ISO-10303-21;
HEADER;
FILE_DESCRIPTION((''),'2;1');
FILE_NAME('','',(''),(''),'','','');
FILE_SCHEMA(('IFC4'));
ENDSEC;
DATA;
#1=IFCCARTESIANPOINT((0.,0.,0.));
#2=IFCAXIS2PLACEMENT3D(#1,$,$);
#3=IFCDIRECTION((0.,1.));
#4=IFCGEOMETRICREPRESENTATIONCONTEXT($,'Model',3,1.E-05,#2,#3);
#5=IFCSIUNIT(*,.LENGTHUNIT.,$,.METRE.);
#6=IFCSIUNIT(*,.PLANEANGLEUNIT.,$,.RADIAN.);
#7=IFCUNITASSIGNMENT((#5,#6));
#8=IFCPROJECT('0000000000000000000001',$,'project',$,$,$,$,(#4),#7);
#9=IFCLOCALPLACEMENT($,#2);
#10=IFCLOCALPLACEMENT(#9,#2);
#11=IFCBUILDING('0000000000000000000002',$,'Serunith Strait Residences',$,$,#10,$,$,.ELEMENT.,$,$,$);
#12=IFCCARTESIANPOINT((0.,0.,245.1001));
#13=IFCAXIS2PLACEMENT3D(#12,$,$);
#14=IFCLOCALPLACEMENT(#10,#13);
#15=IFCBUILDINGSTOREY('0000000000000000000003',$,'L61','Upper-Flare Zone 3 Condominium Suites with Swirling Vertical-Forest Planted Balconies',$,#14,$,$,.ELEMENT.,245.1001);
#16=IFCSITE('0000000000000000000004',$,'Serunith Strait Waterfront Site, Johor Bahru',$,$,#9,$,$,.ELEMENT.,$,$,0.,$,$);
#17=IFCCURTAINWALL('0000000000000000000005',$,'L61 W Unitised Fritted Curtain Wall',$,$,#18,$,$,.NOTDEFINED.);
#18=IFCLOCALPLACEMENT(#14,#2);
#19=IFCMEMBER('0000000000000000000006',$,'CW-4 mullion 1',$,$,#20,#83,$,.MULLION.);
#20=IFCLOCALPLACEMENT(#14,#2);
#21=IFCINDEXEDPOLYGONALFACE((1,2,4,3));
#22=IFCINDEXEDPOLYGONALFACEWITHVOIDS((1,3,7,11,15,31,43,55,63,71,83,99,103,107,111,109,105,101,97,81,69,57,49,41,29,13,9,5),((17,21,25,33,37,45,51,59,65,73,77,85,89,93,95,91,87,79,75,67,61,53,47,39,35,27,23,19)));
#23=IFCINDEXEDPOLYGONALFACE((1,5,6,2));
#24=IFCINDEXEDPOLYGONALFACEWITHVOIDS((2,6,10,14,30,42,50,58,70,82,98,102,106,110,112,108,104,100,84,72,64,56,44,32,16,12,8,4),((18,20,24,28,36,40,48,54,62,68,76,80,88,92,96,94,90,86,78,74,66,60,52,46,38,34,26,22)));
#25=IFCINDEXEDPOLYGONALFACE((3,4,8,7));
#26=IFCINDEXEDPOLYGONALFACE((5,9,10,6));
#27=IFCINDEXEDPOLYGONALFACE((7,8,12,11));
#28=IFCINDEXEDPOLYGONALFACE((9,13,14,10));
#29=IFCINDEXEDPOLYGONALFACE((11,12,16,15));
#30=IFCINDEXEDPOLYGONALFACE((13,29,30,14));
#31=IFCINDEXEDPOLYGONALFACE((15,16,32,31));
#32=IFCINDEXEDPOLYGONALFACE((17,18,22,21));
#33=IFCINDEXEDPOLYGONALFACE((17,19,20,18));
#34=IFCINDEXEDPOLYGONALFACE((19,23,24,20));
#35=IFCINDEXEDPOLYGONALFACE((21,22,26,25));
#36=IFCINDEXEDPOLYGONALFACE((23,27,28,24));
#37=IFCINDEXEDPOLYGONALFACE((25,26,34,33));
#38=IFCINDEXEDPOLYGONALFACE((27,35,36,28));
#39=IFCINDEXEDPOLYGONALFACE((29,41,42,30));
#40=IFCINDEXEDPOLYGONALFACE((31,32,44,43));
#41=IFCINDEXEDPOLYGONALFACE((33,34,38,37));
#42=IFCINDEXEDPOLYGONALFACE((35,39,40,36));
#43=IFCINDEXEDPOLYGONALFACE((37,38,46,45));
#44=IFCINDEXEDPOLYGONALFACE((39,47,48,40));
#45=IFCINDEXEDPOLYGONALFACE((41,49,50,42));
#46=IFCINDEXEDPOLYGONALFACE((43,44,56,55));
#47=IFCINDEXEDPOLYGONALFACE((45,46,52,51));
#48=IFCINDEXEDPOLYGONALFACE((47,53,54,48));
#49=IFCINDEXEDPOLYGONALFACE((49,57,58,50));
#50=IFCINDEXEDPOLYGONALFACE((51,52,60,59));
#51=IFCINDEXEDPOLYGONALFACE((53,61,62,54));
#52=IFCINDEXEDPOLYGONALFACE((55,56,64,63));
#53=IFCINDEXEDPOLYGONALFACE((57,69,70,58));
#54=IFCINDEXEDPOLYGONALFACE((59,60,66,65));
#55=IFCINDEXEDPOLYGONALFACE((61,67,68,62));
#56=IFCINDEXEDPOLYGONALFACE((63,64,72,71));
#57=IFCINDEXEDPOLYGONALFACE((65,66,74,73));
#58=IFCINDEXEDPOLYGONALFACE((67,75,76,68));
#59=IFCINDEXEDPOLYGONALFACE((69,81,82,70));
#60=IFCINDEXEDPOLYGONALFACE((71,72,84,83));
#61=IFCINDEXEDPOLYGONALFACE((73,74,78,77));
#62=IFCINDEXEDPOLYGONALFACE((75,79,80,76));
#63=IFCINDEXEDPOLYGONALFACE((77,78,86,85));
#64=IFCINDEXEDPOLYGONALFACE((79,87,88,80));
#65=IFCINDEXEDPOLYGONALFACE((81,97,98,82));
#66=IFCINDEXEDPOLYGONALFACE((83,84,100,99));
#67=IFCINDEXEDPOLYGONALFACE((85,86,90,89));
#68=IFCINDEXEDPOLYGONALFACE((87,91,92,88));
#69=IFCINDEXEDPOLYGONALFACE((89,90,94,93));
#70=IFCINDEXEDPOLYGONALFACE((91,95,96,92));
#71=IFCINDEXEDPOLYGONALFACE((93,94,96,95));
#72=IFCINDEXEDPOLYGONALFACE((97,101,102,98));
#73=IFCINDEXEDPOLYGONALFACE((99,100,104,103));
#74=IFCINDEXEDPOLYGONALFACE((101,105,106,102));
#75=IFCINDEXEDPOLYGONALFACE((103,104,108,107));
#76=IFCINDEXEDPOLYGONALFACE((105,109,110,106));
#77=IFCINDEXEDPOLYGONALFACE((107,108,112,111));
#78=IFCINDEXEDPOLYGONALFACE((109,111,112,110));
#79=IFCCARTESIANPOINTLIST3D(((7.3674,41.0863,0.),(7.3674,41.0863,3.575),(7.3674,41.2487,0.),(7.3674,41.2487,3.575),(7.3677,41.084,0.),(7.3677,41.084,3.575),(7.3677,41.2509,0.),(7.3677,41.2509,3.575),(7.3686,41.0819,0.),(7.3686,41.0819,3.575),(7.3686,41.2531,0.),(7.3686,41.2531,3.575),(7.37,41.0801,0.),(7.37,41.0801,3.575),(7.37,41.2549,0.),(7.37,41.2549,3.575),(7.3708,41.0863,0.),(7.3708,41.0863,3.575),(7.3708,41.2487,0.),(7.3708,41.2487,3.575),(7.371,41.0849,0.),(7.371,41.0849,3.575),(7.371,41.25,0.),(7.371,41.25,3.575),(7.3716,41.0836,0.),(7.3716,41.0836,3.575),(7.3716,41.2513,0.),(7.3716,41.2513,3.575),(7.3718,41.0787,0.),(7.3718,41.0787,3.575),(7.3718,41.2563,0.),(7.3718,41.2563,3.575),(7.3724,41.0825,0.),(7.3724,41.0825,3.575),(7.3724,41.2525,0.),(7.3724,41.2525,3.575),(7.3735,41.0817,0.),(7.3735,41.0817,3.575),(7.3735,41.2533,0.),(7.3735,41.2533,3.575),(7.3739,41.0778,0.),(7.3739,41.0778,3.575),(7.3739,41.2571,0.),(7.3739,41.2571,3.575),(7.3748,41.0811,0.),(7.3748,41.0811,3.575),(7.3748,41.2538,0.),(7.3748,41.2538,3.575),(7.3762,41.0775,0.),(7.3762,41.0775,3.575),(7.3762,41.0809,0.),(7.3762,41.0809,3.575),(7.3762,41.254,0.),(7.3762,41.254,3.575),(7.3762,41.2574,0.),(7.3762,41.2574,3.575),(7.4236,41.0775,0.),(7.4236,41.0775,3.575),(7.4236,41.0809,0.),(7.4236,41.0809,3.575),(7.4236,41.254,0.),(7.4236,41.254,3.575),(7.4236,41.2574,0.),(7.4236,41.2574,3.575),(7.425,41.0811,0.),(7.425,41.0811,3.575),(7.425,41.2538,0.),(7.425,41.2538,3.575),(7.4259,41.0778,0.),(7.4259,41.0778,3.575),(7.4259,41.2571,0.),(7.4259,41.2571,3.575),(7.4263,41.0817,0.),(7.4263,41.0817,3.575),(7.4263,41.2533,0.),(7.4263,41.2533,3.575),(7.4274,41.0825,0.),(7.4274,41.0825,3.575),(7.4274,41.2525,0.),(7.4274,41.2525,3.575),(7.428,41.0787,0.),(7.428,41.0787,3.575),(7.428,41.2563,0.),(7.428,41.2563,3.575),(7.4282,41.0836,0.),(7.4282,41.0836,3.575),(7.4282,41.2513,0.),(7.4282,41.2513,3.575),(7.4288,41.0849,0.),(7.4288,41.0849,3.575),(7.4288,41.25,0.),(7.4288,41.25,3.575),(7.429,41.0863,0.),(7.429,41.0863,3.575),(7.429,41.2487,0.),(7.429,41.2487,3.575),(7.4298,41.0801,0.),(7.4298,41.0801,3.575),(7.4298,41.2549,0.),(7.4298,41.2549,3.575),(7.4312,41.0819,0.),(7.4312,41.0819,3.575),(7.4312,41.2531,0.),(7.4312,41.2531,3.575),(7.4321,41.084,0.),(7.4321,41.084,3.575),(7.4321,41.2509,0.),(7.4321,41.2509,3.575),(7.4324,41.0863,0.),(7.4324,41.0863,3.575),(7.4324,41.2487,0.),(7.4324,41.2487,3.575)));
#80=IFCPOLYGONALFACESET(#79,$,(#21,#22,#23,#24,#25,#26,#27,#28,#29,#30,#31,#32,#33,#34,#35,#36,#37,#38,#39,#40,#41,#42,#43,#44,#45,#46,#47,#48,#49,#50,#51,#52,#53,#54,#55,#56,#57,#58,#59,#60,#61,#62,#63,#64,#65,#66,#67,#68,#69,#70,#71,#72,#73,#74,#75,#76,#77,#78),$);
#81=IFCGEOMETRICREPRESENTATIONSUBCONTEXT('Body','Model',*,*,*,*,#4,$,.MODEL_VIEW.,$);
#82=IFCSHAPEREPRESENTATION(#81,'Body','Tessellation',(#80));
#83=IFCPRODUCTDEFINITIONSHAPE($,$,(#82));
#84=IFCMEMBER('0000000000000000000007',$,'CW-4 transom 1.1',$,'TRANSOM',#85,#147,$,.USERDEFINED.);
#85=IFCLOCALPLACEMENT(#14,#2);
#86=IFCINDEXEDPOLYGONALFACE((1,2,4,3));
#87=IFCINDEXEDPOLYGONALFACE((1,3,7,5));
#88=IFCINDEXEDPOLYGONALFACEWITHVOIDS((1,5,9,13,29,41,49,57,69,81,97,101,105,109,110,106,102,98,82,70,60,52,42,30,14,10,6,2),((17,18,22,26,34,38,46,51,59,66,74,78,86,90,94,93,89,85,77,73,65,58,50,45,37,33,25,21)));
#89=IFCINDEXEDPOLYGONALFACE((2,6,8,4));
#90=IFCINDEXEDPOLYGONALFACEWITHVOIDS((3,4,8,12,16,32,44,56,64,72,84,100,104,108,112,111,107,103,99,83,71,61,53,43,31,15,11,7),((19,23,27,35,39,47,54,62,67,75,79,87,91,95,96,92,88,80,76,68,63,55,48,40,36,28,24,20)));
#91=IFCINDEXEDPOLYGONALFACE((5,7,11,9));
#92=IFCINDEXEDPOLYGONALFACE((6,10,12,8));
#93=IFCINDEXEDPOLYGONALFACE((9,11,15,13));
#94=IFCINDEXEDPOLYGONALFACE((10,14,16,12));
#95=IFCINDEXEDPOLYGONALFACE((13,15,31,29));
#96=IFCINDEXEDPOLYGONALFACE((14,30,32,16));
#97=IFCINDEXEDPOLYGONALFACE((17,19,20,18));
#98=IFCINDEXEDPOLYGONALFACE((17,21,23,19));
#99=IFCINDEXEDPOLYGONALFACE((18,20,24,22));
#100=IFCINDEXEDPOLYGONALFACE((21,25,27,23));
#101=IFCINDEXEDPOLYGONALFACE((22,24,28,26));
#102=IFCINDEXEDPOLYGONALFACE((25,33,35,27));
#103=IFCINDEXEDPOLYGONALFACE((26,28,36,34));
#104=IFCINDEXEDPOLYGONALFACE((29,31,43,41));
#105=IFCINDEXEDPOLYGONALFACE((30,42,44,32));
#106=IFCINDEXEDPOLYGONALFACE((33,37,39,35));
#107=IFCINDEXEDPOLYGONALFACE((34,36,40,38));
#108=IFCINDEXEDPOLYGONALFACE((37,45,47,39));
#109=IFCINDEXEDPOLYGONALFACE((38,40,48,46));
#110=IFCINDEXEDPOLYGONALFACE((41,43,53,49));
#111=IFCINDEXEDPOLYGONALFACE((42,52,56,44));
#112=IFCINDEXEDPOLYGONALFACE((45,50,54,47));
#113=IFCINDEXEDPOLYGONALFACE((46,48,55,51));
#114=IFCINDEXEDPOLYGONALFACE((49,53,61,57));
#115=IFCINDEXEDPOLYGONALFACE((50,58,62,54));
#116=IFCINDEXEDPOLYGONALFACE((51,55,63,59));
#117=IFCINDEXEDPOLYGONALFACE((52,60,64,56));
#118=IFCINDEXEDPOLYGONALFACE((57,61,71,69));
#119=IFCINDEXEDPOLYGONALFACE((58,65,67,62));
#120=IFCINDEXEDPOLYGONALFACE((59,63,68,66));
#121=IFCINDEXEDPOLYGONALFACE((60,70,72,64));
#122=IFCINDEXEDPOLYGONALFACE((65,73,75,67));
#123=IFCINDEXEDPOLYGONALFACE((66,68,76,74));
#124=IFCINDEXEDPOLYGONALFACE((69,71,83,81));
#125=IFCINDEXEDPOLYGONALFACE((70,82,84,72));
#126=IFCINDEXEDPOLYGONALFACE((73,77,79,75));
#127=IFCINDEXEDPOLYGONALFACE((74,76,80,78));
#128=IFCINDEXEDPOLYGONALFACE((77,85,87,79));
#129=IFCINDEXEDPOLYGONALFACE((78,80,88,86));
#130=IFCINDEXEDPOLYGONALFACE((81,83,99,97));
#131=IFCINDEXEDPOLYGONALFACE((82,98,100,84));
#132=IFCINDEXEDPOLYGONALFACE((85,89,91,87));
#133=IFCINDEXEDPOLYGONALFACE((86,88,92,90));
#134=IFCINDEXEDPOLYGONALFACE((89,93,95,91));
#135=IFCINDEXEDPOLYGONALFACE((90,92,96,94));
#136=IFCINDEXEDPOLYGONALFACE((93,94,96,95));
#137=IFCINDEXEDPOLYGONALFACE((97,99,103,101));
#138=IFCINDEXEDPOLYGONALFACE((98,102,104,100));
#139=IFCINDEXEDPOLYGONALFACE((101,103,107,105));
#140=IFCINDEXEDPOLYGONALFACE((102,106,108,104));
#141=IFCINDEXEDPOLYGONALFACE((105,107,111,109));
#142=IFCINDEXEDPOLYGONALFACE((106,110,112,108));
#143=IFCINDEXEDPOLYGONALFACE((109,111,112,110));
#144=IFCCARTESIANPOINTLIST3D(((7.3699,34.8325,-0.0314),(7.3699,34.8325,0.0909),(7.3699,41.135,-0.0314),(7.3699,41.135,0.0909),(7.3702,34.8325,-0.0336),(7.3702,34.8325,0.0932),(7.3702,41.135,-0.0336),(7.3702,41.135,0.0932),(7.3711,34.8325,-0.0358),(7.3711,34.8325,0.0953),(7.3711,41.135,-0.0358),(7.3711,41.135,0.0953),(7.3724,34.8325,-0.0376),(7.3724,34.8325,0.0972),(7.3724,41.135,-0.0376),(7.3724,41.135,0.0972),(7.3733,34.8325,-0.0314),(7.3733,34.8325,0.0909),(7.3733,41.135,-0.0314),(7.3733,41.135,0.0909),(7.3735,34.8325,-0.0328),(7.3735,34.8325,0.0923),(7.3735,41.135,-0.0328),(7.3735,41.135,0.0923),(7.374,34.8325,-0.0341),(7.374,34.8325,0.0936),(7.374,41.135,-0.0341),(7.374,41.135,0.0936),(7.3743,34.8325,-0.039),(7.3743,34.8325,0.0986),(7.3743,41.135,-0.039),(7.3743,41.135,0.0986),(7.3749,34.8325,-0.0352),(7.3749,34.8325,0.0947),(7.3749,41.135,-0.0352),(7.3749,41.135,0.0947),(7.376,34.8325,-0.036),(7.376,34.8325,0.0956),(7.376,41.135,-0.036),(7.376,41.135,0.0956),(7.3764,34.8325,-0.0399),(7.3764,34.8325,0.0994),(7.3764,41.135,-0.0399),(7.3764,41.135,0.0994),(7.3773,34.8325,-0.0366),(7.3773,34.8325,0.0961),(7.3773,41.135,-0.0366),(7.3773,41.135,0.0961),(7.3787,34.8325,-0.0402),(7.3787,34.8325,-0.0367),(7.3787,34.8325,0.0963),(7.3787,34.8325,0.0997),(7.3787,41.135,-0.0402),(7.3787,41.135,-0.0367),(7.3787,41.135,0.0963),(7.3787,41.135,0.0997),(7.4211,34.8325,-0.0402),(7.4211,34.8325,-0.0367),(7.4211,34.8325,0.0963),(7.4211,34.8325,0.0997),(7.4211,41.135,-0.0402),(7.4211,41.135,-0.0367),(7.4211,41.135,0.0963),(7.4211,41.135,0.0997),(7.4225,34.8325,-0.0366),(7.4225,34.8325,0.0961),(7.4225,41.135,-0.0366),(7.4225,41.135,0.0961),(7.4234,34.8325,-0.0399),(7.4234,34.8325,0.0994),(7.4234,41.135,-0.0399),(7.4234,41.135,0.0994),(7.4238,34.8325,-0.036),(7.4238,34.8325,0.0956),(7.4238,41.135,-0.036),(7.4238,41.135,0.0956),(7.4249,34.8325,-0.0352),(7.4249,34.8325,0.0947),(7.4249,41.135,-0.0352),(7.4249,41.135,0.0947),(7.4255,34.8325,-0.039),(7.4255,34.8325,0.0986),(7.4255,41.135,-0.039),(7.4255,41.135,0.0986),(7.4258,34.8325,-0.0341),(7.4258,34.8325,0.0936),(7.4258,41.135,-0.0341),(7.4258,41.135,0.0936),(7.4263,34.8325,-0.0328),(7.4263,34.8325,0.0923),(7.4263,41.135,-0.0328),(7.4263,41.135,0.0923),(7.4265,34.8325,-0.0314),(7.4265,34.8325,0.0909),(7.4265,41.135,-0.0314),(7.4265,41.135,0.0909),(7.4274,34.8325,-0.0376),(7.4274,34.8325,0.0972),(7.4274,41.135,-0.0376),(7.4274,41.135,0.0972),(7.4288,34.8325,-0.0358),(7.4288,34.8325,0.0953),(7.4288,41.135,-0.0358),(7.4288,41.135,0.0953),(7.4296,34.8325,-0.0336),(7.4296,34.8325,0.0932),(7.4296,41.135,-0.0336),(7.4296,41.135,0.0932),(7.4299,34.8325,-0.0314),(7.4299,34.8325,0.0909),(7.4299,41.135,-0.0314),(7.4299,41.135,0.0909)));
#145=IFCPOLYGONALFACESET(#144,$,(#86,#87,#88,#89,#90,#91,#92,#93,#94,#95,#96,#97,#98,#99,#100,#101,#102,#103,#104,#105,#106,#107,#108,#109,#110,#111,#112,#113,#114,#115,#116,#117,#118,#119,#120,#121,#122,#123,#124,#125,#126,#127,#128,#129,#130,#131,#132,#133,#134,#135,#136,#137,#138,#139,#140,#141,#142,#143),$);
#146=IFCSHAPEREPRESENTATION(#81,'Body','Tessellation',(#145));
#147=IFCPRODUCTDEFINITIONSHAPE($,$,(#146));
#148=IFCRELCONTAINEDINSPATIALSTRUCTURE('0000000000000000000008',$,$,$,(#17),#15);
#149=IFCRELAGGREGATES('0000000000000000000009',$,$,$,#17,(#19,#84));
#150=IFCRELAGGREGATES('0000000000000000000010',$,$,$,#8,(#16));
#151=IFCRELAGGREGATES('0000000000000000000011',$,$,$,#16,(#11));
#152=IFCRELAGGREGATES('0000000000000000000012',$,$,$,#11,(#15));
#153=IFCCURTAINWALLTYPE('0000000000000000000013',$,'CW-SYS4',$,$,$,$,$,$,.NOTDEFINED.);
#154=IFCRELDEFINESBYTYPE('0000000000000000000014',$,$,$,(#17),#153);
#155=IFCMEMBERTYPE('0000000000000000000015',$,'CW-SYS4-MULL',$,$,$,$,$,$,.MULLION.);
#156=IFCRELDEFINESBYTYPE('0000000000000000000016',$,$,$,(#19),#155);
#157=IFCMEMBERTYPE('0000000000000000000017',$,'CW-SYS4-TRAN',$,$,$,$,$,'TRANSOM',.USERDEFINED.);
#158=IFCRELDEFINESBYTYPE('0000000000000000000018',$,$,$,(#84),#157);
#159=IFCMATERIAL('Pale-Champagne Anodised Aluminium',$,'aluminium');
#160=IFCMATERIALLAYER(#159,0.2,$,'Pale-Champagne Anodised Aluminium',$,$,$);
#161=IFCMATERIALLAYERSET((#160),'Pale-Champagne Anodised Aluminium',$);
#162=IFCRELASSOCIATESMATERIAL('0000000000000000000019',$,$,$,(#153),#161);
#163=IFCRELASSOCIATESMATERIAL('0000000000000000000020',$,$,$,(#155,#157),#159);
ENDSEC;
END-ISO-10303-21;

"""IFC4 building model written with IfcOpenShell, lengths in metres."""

from ifc_helpers import new_model, si_unit, direction, frame, origin, origin_2d, place, context, subcontext, project, spatial, hollow_rectangle, extrude, source, transform, mapped, material, layer, layer_set, material_profile, profile_set, type_object, element, aggregate, save


model = new_model("IFC4")

# Units and contexts
model_context = context("Model", 3, precision=1e-05, world=origin(), true_north=direction((0.0, 1.0)))
body_context = subcontext(model_context, "Body", "Model", "MODEL_VIEW")
ifc_project = project(units=[si_unit("LENGTHUNIT", "METRE"), si_unit("PLANEANGLEUNIT", "RADIAN")], contexts=[model_context])

# Site, building, storey
site_placement = place(None, origin())
site = spatial("IfcSite", under=ifc_project, at=site_placement, Name="Serunith Strait Waterfront Site, Johor Bahru", CompositionType="ELEMENT", RefElevation=0.0)
building_placement = place(site_placement, origin())
building = spatial("IfcBuilding", under=site, at=building_placement, Name="Serunith Strait Residences", CompositionType="ELEMENT")
storey_placement = place(building_placement, frame((0.0, 0.0, 245.1001)))
storey = spatial("IfcBuildingStorey", under=building, at=storey_placement, Name="L61", Description="Upper-Flare Zone 3 Condominium Suites with Swirling Vertical-Forest Planted Balconies", CompositionType="ELEMENT", Elevation=245.1001)

# Shared definitions
ifc_material_1 = material(Name="Pale-Champagne Anodised Aluminium", Category="aluminium")
ifc_layer_1 = layer(ifc_material_1, 0.2, Name="Pale-Champagne Anodised Aluminium")
ifc_layer_set_1 = layer_set([ifc_layer_1], Name="Pale-Champagne Anodised Aluminium")
curtain_wall_type = type_object("IfcCurtainWallType", Name="CW-SYS4", PredefinedType="NOTDEFINED", material=ifc_layer_set_1)
ifc_material_profile_1 = material_profile(ifc_material_1, hollow_rectangle(XDim=0.0649, YDim=0.1799, WallThickness=0.0034, InnerFilletRadius=0.0054, OuterFilletRadius=0.0088, at=origin_2d()), Name="ALU 180x65x3.5")
ifc_profile_set_1 = profile_set([ifc_material_profile_1], Name="Pale-Champagne Anodised Aluminium")
member_type_1 = type_object("IfcMemberType", Name="CW-SYS4-MULL", PredefinedType="MULLION", material=ifc_profile_set_1)
shared_shape_1 = source(origin(), body_context, "Body", "SweptSolid", [
    extrude(hollow_rectangle(XDim=0.0649, YDim=0.1799, WallThickness=0.0034, InnerFilletRadius=0.0054, OuterFilletRadius=0.0088, at=origin_2d()), origin(), (0.0, 0.0, 1.0), 3.575),
])

# Curtain wall, members
curtain_wall_1_placement = place(storey_placement, origin())
curtain_wall_1 = element("IfcCurtainWall", 1, at=curtain_wall_1_placement, inside=storey, type_object=curtain_wall_type, Name="L61 W Unitised Fritted Curtain Wall", PredefinedType="NOTDEFINED")
member_1_placement = place(storey_placement, frame((7.3999, 41.1675, 0.0), z_axis=(0.0, 0.0, 1.0), x_axis=(1.0, 0.0, 0.0)))
member_1 = element("IfcMember", 2, at=member_1_placement, type_object=member_type_1, Name="CW-4 mullion 1", PredefinedType="MULLION", context=body_context, shape_type="MappedRepresentation", body=[
    mapped(shared_shape_1, transform((0.0, 0.0, 0.0), scale=1.0)),
])
ifc_material_profile_2 = material_profile(ifc_material_1, hollow_rectangle(XDim=0.0601, YDim=0.1399, WallThickness=0.0034, InnerFilletRadius=0.0054, OuterFilletRadius=0.0088, at=origin_2d()), Name="ALU 140x60x3.5")
ifc_profile_set_2 = profile_set([ifc_material_profile_2], Name="Pale-Champagne Anodised Aluminium")
member_type_2 = type_object("IfcMemberType", Name="CW-SYS4-TRAN", ElementType="TRANSOM", PredefinedType="USERDEFINED", material=ifc_profile_set_2)
shared_shape_2 = source(origin(), body_context, "Body", "SweptSolid", [
    extrude(hollow_rectangle(XDim=0.0601, YDim=0.1399, WallThickness=0.0034, InnerFilletRadius=0.0054, OuterFilletRadius=0.0088, at=origin_2d()), origin(), (0.0, 0.0, 1.0), 6.3025),
])
member_2_placement = place(storey_placement, frame((7.3999, 41.135, 0.0298), z_axis=(0.0, -1.0, 0.0), x_axis=(1.0, 0.0, 0.0)))
member_2 = element("IfcMember", 3, at=member_2_placement, type_object=member_type_2, Name="CW-4 transom 1.1", ObjectType="TRANSOM", PredefinedType="USERDEFINED", context=body_context, shape_type="MappedRepresentation", body=[
    mapped(shared_shape_2, transform((0.0, 0.0, 0.0), scale=1.0)),
])
aggregate(curtain_wall_1, [member_1, member_2])

save(model, "model.ifc")
